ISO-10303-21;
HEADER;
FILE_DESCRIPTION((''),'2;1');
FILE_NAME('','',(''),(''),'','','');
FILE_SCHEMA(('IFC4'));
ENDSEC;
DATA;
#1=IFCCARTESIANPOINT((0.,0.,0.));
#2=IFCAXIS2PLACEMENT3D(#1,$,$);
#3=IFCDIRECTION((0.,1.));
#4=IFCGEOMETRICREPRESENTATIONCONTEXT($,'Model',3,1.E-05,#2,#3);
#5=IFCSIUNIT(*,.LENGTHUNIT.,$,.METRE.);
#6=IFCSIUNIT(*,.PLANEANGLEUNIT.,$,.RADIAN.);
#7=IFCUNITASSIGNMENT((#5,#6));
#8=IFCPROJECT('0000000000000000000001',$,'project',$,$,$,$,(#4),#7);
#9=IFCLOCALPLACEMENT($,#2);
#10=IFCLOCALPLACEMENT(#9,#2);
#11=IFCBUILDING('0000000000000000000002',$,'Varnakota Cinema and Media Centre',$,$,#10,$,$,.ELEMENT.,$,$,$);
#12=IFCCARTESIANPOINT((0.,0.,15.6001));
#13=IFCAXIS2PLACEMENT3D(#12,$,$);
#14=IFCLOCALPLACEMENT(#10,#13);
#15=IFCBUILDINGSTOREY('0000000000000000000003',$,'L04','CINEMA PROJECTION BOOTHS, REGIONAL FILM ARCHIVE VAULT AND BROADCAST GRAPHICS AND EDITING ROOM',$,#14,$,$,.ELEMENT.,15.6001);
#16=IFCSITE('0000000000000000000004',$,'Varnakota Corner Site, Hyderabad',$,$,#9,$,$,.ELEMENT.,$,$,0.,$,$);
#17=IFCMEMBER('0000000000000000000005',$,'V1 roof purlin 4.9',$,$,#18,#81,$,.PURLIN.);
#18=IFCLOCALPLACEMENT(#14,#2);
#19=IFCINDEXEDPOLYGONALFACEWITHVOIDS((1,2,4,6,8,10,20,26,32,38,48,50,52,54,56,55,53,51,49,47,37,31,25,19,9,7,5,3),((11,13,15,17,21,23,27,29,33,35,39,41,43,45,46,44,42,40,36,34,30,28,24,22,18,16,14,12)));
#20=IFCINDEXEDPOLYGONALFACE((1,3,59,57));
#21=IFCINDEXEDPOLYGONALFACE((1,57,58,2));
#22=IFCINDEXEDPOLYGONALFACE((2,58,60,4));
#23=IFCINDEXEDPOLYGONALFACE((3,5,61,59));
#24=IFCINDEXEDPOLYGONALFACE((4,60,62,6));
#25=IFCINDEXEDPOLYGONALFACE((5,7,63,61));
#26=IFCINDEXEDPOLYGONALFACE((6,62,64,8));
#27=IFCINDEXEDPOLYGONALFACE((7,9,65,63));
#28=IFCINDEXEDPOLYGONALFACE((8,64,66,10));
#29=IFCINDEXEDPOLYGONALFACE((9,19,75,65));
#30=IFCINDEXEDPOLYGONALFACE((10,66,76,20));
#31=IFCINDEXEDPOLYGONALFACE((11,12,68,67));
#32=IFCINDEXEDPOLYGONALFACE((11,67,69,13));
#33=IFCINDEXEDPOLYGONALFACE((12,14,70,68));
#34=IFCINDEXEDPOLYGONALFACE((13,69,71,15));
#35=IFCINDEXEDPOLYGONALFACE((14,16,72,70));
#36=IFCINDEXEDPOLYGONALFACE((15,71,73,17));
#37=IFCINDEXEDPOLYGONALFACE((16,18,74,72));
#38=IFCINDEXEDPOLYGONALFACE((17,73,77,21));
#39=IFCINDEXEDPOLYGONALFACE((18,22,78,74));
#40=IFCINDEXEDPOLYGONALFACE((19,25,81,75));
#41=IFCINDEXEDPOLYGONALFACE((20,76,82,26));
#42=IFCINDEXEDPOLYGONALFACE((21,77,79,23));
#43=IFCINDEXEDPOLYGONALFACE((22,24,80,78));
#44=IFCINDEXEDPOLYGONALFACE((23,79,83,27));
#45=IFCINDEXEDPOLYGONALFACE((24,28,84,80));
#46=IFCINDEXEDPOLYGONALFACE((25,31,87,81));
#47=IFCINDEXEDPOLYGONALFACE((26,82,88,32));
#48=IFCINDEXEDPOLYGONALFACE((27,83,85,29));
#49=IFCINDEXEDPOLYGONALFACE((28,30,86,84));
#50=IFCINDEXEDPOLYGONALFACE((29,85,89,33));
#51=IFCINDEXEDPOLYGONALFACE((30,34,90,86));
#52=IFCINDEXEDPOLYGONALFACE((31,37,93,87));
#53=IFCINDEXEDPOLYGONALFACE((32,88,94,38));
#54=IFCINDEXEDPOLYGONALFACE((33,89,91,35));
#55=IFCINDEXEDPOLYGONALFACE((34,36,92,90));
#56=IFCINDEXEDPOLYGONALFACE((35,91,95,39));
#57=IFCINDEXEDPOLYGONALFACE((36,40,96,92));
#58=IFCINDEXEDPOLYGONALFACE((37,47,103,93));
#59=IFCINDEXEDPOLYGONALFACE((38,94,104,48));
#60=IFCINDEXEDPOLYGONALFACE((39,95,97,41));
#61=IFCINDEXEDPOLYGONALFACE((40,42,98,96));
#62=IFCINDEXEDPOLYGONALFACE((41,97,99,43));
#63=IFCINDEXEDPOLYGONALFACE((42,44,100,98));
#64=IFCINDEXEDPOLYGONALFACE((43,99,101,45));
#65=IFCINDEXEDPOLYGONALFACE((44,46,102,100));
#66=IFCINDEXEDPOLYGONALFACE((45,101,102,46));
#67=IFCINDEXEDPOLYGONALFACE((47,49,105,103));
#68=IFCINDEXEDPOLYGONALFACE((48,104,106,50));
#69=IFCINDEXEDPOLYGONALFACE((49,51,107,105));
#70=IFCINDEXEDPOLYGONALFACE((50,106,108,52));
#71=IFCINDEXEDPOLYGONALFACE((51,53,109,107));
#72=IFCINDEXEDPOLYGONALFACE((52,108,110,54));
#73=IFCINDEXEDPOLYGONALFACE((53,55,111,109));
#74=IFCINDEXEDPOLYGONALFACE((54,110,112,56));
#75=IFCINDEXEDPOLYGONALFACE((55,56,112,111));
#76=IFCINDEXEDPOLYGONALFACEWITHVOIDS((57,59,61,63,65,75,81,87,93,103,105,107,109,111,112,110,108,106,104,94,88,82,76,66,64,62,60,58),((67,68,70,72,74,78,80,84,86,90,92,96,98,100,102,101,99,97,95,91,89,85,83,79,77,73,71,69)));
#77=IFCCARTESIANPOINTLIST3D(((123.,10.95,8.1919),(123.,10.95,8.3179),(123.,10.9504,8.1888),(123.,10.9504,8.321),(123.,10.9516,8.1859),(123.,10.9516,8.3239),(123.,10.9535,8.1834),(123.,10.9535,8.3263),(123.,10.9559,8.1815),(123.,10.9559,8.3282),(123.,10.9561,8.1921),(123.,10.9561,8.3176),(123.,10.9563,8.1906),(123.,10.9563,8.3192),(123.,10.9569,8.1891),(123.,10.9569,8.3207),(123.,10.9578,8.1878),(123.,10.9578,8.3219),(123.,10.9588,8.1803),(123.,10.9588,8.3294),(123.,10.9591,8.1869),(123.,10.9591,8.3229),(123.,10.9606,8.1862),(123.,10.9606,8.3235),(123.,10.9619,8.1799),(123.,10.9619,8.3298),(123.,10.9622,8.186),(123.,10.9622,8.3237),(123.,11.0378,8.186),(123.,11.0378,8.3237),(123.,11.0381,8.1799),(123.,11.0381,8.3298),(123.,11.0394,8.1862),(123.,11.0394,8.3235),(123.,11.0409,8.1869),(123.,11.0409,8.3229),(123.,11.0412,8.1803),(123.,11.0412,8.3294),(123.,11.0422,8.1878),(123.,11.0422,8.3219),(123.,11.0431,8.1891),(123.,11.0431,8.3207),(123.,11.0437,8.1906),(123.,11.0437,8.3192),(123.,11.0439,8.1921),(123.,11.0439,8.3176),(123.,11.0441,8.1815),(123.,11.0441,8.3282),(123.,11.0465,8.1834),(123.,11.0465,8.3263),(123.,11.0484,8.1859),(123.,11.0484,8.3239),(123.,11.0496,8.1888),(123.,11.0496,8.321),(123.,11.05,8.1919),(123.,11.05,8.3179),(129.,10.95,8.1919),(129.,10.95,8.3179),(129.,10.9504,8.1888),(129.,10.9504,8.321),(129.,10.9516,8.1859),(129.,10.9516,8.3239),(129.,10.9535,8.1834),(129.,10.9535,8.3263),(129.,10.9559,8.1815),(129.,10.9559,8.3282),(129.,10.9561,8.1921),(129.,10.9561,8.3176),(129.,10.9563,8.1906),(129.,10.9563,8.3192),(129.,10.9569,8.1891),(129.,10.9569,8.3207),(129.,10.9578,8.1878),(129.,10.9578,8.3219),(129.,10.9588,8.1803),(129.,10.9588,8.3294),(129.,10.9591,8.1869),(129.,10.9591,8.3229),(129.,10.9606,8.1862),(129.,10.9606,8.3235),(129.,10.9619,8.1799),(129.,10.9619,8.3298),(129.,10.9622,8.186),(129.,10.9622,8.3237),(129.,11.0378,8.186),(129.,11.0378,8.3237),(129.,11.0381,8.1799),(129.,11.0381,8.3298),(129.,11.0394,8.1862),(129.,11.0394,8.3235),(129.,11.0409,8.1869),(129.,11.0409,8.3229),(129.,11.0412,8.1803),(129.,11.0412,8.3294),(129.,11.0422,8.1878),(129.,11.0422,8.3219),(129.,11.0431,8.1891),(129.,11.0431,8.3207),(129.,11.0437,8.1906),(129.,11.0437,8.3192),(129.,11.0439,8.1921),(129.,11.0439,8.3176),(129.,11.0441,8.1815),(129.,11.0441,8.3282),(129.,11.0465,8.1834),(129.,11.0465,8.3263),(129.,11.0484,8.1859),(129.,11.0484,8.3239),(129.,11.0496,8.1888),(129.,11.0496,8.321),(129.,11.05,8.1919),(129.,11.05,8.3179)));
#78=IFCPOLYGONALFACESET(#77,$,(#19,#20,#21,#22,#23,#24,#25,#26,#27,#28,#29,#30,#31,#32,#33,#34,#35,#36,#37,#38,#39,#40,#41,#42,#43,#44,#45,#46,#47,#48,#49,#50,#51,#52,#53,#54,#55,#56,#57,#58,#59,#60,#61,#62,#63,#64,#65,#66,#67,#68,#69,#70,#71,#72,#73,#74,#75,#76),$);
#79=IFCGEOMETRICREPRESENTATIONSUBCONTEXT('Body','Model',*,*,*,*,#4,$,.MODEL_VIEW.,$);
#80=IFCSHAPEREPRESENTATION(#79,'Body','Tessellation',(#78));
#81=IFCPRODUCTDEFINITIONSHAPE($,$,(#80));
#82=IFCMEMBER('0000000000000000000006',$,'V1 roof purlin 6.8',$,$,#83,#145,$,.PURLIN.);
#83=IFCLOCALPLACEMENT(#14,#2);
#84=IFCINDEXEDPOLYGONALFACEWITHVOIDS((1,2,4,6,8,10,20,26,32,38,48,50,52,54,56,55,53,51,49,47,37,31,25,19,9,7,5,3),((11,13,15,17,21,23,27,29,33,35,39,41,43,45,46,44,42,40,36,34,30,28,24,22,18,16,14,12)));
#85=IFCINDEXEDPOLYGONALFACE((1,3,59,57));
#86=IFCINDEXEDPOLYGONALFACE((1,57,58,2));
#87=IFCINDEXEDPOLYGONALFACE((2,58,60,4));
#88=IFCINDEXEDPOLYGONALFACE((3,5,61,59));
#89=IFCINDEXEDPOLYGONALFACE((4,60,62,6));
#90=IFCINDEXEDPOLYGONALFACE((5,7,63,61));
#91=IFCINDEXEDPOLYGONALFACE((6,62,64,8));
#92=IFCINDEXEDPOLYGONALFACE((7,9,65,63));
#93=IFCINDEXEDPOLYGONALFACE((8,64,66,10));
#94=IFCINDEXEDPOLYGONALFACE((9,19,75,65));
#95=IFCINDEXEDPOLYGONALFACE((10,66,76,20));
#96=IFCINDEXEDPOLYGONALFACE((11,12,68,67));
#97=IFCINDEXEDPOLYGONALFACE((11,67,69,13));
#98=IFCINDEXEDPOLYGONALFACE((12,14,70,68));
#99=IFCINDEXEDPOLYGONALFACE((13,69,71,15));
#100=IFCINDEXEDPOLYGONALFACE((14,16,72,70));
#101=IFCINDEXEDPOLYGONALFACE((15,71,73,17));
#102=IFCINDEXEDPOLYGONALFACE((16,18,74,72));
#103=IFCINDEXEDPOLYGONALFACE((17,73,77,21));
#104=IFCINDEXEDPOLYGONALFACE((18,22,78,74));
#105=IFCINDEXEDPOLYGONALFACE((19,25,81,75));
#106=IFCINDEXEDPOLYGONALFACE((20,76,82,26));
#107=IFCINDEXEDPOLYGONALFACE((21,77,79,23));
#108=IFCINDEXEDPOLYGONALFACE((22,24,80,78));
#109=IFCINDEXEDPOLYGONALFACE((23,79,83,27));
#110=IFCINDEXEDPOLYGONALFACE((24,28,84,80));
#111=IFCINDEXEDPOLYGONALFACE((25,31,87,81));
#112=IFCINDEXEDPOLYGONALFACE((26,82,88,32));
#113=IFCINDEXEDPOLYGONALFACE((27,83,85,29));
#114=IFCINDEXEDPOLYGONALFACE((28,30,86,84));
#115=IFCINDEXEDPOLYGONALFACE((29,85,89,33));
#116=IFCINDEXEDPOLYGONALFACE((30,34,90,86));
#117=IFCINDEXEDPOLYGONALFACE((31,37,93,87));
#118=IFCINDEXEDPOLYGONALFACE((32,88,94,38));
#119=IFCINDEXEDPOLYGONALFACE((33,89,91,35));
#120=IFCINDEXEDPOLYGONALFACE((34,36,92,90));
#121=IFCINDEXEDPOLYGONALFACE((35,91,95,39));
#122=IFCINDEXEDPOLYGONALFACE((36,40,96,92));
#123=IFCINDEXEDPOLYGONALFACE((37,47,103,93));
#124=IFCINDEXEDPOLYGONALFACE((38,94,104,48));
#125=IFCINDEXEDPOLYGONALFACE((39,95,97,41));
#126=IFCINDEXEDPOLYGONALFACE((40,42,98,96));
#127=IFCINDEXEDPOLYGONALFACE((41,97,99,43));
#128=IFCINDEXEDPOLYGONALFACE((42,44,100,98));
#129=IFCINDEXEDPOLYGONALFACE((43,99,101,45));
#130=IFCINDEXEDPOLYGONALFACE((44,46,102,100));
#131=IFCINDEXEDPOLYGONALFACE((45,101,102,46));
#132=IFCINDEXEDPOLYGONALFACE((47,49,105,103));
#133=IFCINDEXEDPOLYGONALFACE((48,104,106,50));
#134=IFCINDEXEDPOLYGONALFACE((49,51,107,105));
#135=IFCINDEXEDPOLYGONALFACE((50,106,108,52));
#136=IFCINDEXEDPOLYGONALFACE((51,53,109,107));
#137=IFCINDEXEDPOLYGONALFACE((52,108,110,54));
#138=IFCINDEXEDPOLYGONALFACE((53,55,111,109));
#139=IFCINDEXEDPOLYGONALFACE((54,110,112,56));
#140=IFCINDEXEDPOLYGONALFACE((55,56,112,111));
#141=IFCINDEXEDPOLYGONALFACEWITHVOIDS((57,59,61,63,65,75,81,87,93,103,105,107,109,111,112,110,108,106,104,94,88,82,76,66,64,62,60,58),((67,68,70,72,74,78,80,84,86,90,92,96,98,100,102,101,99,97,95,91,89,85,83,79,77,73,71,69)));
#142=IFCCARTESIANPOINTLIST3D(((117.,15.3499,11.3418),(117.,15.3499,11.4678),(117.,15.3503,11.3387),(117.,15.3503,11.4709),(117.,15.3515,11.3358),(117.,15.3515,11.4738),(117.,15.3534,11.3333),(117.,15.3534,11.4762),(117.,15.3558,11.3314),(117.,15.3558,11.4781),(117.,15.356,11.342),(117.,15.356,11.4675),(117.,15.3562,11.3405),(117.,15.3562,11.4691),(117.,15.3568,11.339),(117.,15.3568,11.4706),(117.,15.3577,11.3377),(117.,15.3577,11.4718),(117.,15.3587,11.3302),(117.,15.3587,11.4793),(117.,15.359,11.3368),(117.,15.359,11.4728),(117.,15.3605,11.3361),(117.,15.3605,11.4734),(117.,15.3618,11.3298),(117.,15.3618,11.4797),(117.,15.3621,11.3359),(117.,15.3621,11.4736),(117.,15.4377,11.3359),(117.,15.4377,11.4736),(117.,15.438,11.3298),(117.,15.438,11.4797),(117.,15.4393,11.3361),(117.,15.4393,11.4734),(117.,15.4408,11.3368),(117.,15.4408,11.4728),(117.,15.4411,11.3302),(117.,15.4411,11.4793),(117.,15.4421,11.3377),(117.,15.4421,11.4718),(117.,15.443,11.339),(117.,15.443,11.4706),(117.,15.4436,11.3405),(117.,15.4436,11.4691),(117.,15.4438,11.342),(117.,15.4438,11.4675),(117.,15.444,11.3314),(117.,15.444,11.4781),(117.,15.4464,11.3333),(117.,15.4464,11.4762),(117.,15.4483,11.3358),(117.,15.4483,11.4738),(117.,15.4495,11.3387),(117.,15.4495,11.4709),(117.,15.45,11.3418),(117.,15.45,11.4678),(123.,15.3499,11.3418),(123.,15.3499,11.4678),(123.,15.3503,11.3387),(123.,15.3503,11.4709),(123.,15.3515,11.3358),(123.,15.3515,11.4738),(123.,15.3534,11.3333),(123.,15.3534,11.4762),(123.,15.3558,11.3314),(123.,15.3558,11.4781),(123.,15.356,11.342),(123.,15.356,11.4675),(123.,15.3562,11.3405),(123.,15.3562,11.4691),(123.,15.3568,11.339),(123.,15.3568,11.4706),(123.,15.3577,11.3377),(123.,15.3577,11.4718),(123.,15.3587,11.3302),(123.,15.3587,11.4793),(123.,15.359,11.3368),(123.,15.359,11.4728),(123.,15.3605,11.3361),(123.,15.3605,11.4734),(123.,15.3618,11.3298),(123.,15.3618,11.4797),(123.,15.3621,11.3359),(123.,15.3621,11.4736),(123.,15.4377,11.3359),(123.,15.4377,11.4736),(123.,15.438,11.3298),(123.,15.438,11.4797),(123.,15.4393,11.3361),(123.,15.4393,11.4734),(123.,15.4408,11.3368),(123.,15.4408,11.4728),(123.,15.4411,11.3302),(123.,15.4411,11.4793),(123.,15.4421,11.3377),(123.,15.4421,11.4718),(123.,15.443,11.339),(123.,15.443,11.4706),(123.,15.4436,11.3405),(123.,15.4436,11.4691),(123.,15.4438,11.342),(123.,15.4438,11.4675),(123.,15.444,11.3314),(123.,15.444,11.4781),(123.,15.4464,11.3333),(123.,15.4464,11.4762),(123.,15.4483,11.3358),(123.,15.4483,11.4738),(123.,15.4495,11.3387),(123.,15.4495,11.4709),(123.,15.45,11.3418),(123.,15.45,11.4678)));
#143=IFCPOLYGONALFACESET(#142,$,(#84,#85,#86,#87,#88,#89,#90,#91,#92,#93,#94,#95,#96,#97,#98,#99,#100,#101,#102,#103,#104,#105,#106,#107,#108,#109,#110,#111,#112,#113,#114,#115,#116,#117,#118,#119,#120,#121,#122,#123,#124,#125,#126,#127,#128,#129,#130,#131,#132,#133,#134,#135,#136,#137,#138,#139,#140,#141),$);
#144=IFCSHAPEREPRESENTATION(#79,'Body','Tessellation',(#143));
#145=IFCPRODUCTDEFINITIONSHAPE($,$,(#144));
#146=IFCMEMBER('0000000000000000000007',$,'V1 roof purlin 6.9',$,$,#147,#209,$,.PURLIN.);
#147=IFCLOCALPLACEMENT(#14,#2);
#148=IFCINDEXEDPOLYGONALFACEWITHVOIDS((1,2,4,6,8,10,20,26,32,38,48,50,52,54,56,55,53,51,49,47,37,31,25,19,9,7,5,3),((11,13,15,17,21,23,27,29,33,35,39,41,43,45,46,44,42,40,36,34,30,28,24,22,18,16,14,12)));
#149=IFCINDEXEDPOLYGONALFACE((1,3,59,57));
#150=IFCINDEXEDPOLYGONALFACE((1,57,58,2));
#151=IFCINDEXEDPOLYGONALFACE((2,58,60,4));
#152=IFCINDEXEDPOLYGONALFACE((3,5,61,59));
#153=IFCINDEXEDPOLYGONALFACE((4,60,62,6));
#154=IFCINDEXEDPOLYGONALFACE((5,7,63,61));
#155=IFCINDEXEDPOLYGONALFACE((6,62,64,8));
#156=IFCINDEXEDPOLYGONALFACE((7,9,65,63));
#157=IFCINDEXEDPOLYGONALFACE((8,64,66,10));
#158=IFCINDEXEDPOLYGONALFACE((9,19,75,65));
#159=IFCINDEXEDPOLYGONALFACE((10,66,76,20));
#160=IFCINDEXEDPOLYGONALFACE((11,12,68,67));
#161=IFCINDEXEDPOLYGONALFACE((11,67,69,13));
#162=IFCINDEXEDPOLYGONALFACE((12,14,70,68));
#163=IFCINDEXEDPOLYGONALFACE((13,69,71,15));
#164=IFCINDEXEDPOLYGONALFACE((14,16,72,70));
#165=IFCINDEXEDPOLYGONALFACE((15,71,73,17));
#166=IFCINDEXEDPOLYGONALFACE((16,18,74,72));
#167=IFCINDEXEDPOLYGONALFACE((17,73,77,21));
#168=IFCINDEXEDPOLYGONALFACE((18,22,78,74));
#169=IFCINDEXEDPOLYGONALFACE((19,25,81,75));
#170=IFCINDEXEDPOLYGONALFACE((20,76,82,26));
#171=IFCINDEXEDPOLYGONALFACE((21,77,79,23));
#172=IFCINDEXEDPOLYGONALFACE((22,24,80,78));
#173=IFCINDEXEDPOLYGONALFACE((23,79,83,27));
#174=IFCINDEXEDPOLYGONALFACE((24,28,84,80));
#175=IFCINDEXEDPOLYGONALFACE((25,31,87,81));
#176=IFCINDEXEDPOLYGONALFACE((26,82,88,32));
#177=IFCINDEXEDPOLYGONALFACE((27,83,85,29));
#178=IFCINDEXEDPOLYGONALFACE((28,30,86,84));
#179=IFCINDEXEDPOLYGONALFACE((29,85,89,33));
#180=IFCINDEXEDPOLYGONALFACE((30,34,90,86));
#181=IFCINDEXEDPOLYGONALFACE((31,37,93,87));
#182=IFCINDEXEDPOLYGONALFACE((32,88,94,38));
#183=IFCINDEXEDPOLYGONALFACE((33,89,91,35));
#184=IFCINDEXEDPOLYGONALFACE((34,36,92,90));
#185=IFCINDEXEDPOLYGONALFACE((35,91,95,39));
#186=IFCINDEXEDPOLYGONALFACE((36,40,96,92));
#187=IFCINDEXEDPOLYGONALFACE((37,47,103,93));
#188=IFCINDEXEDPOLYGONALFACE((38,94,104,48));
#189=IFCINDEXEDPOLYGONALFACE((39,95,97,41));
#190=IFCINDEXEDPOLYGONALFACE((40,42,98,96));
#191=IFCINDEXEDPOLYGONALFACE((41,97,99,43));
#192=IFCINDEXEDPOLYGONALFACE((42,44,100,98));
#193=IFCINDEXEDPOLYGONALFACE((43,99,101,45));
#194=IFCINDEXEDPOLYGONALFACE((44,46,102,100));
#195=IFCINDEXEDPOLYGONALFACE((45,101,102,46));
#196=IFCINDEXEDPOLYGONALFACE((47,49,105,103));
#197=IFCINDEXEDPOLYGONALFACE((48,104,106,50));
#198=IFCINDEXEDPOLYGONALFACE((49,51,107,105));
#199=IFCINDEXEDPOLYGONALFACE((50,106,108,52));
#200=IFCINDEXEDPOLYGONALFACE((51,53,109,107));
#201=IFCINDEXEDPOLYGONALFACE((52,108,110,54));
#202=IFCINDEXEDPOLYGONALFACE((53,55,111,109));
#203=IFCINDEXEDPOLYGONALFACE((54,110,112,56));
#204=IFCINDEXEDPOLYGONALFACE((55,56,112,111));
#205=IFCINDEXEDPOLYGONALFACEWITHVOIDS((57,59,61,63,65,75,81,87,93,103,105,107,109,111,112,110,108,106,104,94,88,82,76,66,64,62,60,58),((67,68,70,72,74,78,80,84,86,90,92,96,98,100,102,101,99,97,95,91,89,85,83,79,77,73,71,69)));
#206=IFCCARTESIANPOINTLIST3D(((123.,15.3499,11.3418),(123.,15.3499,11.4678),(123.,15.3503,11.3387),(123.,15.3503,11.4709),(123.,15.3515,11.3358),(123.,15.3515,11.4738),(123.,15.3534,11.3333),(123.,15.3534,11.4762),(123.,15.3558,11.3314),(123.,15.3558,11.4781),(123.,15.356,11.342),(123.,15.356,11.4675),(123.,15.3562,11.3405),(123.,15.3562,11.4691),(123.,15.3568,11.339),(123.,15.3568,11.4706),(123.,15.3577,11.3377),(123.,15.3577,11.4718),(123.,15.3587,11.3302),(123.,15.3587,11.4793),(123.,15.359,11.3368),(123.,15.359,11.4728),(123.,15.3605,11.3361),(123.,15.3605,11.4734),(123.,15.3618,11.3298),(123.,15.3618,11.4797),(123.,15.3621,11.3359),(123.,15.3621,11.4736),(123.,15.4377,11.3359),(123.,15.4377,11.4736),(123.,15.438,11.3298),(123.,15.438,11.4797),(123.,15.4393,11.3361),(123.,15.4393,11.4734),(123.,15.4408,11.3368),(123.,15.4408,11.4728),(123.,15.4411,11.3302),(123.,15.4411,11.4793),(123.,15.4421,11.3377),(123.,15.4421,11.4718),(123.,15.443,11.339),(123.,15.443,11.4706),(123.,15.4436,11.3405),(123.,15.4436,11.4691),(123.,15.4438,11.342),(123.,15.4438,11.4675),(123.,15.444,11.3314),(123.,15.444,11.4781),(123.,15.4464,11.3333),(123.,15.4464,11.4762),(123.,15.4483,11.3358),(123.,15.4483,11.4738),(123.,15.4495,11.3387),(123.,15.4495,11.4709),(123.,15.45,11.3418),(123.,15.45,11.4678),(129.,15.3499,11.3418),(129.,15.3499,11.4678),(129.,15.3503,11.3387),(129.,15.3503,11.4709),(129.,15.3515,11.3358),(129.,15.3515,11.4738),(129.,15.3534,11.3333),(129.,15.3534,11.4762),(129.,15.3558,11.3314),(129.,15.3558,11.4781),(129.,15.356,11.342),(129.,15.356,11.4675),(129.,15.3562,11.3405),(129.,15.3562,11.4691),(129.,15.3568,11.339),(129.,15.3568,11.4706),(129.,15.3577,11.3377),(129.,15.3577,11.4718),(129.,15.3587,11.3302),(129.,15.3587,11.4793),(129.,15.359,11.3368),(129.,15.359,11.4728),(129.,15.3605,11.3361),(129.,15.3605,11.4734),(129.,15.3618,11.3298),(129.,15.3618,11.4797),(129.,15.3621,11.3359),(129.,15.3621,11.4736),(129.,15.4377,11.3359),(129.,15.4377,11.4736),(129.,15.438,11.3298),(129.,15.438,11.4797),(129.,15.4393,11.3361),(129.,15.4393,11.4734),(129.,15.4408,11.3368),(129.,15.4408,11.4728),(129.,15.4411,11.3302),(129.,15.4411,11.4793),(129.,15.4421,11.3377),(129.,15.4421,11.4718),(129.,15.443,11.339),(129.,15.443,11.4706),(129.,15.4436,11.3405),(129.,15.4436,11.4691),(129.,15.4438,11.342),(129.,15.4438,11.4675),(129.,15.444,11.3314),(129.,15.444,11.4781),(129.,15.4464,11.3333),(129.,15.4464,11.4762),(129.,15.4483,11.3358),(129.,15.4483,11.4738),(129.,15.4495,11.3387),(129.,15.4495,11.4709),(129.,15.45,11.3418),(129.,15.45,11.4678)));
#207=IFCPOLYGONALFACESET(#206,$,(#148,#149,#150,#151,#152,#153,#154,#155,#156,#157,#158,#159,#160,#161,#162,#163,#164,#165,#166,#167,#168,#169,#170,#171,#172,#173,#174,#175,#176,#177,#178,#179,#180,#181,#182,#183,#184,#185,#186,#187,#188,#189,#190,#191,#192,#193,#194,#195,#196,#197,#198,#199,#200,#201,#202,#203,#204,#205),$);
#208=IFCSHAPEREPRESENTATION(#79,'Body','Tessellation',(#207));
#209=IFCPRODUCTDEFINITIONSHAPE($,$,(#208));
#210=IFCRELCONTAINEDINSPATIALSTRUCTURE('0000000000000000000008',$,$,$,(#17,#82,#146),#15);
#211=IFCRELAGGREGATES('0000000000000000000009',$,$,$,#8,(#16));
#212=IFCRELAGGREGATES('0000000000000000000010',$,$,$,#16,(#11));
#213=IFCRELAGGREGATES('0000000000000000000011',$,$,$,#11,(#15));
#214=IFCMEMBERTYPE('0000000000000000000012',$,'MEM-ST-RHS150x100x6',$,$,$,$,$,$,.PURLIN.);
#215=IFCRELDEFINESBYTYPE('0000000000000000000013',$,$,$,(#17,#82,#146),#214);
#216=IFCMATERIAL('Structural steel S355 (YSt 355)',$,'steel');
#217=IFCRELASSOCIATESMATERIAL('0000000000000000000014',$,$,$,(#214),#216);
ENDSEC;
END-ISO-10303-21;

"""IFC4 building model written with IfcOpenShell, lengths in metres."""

from ifc_helpers import new_model, si_unit, direction, frame, origin, origin_2d, place, context, subcontext, project, spatial, hollow_rectangle, extrude, material, material_profile, profile_set, type_object, element, save


model = new_model("IFC4")

# Units and contexts
model_context = context("Model", 3, precision=1e-05, world=origin(), true_north=direction((0.0, 1.0)))
body_context = subcontext(model_context, "Body", "Model", "MODEL_VIEW")
ifc_project = project(units=[si_unit("LENGTHUNIT", "METRE"), si_unit("PLANEANGLEUNIT", "RADIAN")], contexts=[model_context])

# Site, building, storey
site_placement = place(None, origin())
site = spatial("IfcSite", under=ifc_project, at=site_placement, Name="Varnakota Corner Site, Hyderabad", CompositionType="ELEMENT", RefElevation=0.0)
building_placement = place(site_placement, origin())
building = spatial("IfcBuilding", under=site, at=building_placement, Name="Varnakota Cinema and Media Centre", CompositionType="ELEMENT")
storey_placement = place(building_placement, frame((0.0, 0.0, 15.6001)))
storey = spatial("IfcBuildingStorey", under=building, at=storey_placement, Name="L04", Description="CINEMA PROJECTION BOOTHS, REGIONAL FILM ARCHIVE VAULT AND BROADCAST GRAPHICS AND EDITING ROOM", CompositionType="ELEMENT", Elevation=15.6001)

# Members
ifc_material_1 = material(Name="Structural steel S355 (YSt 355)", Category="steel")
ifc_material_profile_1 = material_profile(ifc_material_1, hollow_rectangle(XDim=0.1001, YDim=0.1499, WallThickness=0.0061, InnerFilletRadius=0.0061, OuterFilletRadius=0.012, at=origin_2d()), Name="RHS 150x100x6")
ifc_profile_set_1 = profile_set([ifc_material_profile_1], Name="Structural steel S355 (YSt 355)")
member_type_1 = type_object("IfcMemberType", Name="MEM-ST-RHS150x100x6", PredefinedType="PURLIN", material=ifc_profile_set_1)
for number, where, z_axis, x_axis, name in (
    (1, (123.0, 11.0, 8.2549), (1.0, 0.0, 0.0), (0.0, 1.0, 0.0), "V1 roof purlin 4.9"),
    (2, (117.0, 15.3999, 11.4048), (1.0, 0.0, 0.0), (0.0, 1.0, 0.0), "V1 roof purlin 6.8"),
    (3, (123.0, 15.3999, 11.4048), (1.0, 0.0, 0.0), (0.0, 1.0, 0.0), "V1 roof purlin 6.9"),
):
    element("IfcMember", number, at=place(storey_placement, frame(where, z_axis=z_axis, x_axis=x_axis)), inside=storey, type_object=member_type_1, Name=name, PredefinedType="PURLIN", context=body_context, shape_type="SweptSolid", body=[
        extrude(hollow_rectangle(XDim=0.1001, YDim=0.1499, WallThickness=0.0061, InnerFilletRadius=0.0061, OuterFilletRadius=0.012, at=origin_2d()), origin(), (0.0, 0.0, 1.0), 6.0),
    ])

save(model, "model.ifc")
